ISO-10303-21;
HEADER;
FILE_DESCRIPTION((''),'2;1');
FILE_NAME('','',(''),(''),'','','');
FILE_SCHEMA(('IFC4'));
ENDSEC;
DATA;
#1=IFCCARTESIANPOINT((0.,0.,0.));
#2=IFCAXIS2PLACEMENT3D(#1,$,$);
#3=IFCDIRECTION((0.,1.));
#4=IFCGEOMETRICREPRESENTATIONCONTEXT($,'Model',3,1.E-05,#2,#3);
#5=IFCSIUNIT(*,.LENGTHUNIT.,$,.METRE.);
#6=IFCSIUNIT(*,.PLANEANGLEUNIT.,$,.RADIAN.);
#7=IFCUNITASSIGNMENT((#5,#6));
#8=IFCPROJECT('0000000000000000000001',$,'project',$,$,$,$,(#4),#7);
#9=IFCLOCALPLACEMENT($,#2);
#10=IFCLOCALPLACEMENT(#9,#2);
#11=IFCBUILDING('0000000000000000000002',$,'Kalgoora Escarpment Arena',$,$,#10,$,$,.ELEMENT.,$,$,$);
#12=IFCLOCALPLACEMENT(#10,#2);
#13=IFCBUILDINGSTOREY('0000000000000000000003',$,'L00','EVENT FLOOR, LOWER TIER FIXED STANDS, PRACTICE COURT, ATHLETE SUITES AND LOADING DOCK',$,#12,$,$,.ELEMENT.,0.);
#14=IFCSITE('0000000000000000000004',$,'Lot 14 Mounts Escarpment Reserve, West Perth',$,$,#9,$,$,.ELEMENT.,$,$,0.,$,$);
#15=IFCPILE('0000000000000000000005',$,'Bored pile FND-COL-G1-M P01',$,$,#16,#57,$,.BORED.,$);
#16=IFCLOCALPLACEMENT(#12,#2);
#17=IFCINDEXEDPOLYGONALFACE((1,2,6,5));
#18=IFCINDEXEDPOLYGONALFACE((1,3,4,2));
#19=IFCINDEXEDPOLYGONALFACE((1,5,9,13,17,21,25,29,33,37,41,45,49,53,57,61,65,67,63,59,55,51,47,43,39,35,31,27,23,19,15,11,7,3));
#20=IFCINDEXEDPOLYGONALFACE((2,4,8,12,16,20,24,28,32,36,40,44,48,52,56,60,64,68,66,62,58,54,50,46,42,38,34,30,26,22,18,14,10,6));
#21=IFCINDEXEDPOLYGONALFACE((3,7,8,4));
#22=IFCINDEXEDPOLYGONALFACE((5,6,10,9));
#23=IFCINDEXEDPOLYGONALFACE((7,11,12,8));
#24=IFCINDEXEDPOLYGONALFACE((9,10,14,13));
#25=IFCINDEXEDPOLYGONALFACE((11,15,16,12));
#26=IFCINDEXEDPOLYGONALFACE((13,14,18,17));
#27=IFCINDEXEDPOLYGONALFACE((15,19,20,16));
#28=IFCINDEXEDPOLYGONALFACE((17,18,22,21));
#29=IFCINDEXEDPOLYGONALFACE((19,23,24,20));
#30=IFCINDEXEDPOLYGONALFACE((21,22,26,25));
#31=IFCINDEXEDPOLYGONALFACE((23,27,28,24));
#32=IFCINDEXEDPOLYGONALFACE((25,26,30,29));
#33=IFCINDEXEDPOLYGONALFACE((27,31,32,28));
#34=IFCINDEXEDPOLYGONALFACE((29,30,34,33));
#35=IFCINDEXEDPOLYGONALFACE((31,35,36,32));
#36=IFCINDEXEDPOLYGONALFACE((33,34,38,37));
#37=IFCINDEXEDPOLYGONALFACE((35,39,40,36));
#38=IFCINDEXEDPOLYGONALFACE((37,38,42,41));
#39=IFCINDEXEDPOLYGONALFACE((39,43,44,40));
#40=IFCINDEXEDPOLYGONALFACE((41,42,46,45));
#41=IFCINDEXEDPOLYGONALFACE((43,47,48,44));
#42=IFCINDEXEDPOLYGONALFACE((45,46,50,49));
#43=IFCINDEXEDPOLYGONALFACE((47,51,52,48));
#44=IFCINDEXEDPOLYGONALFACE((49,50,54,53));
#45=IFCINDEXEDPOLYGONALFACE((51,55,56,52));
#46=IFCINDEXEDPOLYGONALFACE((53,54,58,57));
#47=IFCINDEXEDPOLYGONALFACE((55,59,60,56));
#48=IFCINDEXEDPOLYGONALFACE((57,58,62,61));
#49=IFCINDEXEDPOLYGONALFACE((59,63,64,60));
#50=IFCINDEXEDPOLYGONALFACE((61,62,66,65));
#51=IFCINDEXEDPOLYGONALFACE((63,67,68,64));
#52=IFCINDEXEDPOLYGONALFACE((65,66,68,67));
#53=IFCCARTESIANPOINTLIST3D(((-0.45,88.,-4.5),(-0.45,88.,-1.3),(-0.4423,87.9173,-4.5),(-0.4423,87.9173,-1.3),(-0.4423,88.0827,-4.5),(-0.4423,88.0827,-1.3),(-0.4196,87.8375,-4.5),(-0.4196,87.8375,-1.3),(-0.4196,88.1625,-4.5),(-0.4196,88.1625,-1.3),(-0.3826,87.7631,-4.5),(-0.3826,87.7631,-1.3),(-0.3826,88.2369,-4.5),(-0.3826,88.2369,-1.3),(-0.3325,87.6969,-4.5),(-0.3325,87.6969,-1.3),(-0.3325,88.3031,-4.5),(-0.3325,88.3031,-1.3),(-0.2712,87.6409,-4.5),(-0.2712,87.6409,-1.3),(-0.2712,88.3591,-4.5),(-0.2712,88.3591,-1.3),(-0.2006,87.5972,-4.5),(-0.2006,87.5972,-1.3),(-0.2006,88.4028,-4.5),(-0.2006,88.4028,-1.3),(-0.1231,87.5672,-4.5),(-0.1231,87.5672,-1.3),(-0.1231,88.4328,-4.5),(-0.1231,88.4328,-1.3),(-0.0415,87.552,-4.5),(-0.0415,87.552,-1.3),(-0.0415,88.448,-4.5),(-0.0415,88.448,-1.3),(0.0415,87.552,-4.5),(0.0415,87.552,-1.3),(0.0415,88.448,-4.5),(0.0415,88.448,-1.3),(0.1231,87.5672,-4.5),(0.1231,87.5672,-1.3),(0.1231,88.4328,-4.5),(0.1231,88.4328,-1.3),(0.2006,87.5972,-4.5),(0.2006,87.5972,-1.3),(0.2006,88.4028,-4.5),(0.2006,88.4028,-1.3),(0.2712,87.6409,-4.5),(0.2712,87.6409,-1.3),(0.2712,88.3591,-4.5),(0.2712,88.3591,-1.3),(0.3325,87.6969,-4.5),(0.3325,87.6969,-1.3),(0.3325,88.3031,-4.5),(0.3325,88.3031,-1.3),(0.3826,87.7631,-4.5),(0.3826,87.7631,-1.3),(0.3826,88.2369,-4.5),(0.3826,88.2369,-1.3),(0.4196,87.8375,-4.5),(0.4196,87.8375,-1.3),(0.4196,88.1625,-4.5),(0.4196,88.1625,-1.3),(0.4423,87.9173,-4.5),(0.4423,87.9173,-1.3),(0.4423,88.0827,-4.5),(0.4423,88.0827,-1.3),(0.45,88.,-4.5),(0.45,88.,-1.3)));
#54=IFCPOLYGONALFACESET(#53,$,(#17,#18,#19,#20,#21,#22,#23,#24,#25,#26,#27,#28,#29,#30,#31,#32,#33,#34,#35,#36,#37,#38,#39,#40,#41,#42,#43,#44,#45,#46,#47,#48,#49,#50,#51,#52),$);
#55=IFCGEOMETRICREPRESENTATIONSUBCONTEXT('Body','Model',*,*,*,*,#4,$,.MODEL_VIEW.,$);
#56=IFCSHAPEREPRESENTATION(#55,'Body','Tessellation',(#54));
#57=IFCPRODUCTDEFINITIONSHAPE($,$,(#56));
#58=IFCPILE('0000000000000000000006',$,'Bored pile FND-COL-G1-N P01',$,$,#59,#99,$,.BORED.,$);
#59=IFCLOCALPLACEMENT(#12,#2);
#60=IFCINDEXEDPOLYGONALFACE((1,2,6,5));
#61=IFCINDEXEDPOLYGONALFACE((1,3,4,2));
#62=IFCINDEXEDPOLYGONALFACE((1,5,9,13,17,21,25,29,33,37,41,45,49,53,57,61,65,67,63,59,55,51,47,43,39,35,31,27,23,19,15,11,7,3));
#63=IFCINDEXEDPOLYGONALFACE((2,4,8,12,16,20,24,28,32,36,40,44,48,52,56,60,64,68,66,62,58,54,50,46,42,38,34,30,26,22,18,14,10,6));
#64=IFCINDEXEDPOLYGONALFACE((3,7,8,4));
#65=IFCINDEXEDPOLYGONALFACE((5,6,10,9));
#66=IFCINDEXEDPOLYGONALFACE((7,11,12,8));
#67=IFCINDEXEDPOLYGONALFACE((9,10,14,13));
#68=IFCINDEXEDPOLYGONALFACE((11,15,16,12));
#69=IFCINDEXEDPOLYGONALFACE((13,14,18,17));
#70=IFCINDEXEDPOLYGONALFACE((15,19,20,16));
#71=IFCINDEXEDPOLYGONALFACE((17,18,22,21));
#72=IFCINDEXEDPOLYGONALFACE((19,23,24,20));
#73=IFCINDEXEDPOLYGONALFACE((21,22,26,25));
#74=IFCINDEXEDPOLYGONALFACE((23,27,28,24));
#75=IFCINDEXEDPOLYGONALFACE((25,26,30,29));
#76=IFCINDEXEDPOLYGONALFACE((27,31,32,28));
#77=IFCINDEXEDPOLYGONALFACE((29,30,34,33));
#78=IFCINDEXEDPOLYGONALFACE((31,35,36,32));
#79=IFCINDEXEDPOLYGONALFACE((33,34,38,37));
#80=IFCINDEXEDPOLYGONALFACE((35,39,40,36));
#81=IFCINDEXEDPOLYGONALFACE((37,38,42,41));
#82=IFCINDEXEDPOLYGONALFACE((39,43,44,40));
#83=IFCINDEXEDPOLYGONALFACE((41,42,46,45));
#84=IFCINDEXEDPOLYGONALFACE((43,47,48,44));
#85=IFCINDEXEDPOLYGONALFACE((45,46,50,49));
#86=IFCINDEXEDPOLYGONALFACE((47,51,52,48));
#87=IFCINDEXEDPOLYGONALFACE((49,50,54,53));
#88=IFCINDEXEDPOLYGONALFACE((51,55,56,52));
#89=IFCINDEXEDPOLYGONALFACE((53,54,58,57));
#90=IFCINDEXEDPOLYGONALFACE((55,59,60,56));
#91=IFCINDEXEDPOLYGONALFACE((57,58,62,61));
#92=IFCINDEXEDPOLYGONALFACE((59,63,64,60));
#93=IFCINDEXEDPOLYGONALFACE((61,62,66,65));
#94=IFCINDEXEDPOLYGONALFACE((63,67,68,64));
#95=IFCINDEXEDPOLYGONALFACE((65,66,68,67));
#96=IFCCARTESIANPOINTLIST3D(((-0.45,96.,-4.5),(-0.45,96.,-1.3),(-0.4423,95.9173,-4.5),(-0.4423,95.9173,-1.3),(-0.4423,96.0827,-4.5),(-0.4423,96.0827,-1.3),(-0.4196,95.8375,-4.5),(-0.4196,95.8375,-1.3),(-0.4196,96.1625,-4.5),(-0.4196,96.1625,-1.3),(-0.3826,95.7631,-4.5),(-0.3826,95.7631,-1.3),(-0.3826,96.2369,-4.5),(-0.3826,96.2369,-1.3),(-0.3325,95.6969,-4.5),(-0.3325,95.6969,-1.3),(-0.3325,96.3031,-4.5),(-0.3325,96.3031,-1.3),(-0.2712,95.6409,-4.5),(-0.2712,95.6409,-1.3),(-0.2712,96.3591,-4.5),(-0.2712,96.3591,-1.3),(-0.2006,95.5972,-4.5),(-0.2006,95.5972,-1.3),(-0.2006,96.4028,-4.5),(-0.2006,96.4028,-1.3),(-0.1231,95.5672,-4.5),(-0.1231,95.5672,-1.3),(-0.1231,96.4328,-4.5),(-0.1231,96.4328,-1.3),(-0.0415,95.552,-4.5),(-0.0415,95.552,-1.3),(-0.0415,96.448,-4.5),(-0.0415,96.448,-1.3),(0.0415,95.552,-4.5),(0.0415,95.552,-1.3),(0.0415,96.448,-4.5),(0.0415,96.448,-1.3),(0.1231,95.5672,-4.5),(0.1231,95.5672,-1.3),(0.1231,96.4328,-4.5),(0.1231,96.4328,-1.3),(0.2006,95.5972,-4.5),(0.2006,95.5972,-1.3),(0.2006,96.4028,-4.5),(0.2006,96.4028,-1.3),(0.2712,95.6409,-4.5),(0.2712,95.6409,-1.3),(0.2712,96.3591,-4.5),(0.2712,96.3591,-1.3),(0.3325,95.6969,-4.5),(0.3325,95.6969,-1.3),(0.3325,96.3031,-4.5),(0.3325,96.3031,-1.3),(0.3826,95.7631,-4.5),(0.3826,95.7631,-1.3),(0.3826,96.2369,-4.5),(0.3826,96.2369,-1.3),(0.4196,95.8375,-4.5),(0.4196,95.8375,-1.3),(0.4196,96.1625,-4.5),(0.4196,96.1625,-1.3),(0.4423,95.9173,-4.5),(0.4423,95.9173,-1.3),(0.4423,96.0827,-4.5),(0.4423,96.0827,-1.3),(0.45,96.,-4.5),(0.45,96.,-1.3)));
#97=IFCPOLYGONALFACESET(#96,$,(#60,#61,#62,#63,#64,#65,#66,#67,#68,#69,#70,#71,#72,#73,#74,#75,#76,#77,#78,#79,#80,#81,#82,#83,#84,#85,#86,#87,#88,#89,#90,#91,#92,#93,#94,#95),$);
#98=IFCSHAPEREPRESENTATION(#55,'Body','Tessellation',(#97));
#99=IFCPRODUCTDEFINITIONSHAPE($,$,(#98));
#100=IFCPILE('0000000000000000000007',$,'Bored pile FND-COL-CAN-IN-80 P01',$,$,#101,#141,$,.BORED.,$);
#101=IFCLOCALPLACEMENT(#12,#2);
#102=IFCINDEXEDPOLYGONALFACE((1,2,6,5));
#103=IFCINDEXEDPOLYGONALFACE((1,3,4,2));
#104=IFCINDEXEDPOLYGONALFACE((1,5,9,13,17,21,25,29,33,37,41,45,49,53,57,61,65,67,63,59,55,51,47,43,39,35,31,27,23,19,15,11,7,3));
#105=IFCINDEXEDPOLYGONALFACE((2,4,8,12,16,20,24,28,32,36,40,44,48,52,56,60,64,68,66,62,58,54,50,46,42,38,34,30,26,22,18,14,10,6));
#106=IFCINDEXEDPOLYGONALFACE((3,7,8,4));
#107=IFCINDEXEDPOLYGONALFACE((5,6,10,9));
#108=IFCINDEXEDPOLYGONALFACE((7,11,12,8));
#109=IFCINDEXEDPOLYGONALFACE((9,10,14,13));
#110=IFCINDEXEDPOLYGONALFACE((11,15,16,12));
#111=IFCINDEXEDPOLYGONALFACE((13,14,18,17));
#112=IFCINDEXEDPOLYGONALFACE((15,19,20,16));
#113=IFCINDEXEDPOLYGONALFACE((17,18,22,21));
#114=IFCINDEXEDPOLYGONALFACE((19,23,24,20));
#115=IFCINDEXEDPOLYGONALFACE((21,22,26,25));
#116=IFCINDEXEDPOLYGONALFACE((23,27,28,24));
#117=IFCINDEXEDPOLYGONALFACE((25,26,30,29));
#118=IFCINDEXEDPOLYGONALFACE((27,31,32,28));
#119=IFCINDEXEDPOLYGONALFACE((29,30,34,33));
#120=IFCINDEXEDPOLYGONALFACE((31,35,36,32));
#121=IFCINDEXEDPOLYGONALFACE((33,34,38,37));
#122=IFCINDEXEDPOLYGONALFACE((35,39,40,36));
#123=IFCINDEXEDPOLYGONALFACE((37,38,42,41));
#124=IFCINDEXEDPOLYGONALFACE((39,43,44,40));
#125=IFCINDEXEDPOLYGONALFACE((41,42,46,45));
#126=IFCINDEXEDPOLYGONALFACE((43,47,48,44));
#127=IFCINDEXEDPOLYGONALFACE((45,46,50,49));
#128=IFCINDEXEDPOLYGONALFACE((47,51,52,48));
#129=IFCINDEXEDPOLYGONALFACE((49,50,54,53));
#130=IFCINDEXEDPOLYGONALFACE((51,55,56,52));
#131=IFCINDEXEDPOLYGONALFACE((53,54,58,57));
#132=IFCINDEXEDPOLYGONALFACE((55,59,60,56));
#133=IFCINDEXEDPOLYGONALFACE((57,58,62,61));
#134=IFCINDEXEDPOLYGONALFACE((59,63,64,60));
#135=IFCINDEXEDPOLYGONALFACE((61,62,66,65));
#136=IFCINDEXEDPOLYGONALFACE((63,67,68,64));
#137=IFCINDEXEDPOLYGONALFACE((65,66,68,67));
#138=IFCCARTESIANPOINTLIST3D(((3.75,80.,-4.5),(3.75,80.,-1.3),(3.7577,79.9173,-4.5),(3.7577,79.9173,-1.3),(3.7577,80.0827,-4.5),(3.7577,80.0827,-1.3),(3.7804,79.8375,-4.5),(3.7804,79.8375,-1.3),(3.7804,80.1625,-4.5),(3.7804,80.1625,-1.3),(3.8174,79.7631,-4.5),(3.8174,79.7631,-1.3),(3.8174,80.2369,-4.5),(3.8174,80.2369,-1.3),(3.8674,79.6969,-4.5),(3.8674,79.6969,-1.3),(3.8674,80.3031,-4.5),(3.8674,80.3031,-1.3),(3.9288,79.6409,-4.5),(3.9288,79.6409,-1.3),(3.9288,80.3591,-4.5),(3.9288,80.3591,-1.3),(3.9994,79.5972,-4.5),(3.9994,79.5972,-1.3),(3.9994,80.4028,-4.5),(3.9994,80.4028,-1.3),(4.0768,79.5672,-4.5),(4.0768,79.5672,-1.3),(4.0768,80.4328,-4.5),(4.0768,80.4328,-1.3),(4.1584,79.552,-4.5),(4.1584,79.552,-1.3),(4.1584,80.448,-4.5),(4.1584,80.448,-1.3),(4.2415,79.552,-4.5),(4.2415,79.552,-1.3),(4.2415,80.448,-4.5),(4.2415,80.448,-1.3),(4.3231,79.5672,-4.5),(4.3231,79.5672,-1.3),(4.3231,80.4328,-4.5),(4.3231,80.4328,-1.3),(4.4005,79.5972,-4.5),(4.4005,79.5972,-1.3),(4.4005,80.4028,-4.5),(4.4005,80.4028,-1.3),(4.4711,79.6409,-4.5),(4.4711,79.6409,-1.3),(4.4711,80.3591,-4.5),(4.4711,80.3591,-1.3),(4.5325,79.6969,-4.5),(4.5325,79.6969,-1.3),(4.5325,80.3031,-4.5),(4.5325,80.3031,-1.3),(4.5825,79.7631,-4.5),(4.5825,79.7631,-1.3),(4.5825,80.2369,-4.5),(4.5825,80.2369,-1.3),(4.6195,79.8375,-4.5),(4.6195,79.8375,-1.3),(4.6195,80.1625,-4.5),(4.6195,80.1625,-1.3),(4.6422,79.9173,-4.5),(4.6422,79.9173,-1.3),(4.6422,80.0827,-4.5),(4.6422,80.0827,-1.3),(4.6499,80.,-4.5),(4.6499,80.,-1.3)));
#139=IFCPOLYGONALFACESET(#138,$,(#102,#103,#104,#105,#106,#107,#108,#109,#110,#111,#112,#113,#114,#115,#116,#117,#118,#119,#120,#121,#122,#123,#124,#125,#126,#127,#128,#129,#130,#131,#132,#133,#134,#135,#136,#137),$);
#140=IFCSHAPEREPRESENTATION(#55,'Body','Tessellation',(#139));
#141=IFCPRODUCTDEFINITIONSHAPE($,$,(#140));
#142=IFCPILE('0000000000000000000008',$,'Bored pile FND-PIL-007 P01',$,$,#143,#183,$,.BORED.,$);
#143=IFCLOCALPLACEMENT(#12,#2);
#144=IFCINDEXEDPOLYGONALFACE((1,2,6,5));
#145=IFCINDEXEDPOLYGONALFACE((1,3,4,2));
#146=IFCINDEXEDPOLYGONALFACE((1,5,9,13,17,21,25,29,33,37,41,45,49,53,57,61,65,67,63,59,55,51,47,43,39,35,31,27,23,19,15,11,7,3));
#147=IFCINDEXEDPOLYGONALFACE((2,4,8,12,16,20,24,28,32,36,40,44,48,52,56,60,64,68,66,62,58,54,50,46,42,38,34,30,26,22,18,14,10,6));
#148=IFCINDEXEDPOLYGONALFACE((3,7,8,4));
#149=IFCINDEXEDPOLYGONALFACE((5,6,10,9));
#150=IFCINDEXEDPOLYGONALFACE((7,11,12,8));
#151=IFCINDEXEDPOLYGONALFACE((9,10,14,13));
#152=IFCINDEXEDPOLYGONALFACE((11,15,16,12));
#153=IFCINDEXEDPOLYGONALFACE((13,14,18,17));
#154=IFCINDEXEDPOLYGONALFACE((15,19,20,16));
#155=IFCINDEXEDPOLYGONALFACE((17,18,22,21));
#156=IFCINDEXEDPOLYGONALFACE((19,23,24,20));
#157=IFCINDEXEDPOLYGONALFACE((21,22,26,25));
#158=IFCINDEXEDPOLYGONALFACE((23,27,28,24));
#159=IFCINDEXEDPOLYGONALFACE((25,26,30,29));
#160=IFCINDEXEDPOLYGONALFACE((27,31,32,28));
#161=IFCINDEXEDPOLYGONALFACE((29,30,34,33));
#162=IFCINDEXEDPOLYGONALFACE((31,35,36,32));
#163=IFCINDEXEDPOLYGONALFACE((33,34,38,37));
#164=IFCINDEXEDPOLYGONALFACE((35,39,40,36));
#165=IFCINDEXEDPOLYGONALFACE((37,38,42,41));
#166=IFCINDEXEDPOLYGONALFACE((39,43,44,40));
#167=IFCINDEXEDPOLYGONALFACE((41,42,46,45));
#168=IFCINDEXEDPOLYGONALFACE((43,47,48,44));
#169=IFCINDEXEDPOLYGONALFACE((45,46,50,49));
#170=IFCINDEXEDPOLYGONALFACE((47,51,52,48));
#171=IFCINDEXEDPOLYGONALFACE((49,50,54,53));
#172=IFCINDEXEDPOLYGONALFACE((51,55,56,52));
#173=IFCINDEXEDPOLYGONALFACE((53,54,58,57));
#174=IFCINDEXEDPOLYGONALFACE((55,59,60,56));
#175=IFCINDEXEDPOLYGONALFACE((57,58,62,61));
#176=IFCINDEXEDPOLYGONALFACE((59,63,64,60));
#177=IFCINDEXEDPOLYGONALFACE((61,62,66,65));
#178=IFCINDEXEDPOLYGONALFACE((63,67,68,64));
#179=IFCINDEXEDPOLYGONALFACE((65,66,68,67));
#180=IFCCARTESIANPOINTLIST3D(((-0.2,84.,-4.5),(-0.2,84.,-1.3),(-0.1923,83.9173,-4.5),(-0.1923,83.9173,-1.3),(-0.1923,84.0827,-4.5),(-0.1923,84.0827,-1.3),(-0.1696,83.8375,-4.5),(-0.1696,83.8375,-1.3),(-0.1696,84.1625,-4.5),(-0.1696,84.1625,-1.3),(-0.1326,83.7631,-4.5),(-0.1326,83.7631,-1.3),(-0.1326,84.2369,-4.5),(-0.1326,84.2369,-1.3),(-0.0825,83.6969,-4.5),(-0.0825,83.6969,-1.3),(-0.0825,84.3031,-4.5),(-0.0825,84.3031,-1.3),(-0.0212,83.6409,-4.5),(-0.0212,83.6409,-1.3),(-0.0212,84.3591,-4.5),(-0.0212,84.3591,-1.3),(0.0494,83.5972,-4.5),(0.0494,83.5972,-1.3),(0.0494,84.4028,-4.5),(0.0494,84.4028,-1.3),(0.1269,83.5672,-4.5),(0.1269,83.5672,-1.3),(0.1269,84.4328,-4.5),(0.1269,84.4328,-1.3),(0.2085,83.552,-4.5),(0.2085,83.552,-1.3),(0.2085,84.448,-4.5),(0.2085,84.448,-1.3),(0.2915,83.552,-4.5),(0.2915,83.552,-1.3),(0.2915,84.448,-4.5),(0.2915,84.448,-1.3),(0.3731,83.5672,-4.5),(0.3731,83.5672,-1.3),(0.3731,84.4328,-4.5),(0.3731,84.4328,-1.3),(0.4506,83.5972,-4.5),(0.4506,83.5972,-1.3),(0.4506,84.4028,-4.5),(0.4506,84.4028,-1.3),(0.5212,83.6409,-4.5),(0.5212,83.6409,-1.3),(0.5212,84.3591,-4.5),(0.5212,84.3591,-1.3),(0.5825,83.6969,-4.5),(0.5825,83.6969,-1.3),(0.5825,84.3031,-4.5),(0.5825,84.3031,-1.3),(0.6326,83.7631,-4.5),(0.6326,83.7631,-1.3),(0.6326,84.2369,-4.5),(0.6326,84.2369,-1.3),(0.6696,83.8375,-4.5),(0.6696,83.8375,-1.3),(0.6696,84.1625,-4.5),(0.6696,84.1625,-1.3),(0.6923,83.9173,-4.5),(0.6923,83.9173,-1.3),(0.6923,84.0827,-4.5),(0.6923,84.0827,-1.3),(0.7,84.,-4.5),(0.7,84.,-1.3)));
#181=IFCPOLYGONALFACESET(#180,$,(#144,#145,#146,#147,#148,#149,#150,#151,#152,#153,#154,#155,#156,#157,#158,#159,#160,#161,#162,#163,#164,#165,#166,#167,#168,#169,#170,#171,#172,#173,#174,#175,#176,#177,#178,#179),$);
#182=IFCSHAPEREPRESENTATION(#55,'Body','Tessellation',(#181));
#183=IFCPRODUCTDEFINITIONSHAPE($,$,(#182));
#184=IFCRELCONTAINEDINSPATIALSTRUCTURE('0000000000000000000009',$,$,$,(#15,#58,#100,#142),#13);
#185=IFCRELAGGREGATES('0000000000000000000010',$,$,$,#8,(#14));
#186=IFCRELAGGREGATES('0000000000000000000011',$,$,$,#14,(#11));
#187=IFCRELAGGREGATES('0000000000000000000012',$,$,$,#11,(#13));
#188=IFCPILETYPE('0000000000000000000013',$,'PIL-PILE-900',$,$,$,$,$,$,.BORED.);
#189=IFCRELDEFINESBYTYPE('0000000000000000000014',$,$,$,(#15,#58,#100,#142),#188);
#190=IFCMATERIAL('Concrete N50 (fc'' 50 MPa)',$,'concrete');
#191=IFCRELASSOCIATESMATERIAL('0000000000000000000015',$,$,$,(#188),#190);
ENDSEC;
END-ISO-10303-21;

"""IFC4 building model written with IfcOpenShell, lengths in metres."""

from ifc_helpers import new_model, si_unit, direction, frame, origin, origin_2d, place, context, subcontext, project, spatial, circle, extrude, material, material_profile, profile_set, type_object, element, save


model = new_model("IFC4")

# Units and contexts
model_context = context("Model", 3, precision=1e-05, world=origin(), true_north=direction((0.0, 1.0)))
body_context = subcontext(model_context, "Body", "Model", "MODEL_VIEW")
ifc_project = project(units=[si_unit("LENGTHUNIT", "METRE"), si_unit("PLANEANGLEUNIT", "RADIAN")], contexts=[model_context])

# Site, building, storey
site_placement = place(None, origin())
site = spatial("IfcSite", under=ifc_project, at=site_placement, Name="Lot 14 Mounts Escarpment Reserve, West Perth", CompositionType="ELEMENT", RefElevation=0.0)
building_placement = place(site_placement, origin())
building = spatial("IfcBuilding", under=site, at=building_placement, Name="Kalgoora Escarpment Arena", CompositionType="ELEMENT")
storey_placement = place(building_placement, origin())
storey = spatial("IfcBuildingStorey", under=building, at=storey_placement, Name="L00", Description="EVENT FLOOR, LOWER TIER FIXED STANDS, PRACTICE COURT, ATHLETE SUITES AND LOADING DOCK", CompositionType="ELEMENT", Elevation=0.0)

# Piles
ifc_material_1 = material(Name="Concrete N50 (fc' 50 MPa)", Category="concrete")
ifc_material_profile_1 = material_profile(ifc_material_1, circle(Radius=0.45, at=origin_2d()))
ifc_profile_set_1 = profile_set([ifc_material_profile_1], Name="Concrete N50 (fc' 50 MPa)")
pile_type = type_object("IfcPileType", Name="PIL-PILE-900", PredefinedType="BORED", material=ifc_profile_set_1)
for number, where, z_axis, x_axis, name in (
    (1, (0.0, 88.0, -1.3), (0.0, 0.0, -1.0), (1.0, 0.0, 0.0), "Bored pile FND-COL-G1-M P01"),
    (2, (0.0, 96.0, -1.3), (0.0, 0.0, -1.0), (1.0, 0.0, 0.0), "Bored pile FND-COL-G1-N P01"),
    (3, (4.2, 80.0, -1.3), (0.0, 0.0, -1.0), (1.0, 0.0, 0.0), "Bored pile FND-COL-CAN-IN-80 P01"),
    (4, (0.25, 84.0, -1.3), (0.0, 0.0, -1.0), (1.0, 0.0, 0.0), "Bored pile FND-PIL-007 P01"),
):
    element("IfcPile", number, at=place(storey_placement, frame(where, z_axis=z_axis, x_axis=x_axis)), inside=storey, type_object=pile_type, Name=name, PredefinedType="BORED", context=body_context, shape_type="SweptSolid", body=[
        extrude(circle(Radius=0.45, at=origin_2d()), origin(), (0.0, 0.0, 1.0), 3.2),
    ])

save(model, "model.ifc")
